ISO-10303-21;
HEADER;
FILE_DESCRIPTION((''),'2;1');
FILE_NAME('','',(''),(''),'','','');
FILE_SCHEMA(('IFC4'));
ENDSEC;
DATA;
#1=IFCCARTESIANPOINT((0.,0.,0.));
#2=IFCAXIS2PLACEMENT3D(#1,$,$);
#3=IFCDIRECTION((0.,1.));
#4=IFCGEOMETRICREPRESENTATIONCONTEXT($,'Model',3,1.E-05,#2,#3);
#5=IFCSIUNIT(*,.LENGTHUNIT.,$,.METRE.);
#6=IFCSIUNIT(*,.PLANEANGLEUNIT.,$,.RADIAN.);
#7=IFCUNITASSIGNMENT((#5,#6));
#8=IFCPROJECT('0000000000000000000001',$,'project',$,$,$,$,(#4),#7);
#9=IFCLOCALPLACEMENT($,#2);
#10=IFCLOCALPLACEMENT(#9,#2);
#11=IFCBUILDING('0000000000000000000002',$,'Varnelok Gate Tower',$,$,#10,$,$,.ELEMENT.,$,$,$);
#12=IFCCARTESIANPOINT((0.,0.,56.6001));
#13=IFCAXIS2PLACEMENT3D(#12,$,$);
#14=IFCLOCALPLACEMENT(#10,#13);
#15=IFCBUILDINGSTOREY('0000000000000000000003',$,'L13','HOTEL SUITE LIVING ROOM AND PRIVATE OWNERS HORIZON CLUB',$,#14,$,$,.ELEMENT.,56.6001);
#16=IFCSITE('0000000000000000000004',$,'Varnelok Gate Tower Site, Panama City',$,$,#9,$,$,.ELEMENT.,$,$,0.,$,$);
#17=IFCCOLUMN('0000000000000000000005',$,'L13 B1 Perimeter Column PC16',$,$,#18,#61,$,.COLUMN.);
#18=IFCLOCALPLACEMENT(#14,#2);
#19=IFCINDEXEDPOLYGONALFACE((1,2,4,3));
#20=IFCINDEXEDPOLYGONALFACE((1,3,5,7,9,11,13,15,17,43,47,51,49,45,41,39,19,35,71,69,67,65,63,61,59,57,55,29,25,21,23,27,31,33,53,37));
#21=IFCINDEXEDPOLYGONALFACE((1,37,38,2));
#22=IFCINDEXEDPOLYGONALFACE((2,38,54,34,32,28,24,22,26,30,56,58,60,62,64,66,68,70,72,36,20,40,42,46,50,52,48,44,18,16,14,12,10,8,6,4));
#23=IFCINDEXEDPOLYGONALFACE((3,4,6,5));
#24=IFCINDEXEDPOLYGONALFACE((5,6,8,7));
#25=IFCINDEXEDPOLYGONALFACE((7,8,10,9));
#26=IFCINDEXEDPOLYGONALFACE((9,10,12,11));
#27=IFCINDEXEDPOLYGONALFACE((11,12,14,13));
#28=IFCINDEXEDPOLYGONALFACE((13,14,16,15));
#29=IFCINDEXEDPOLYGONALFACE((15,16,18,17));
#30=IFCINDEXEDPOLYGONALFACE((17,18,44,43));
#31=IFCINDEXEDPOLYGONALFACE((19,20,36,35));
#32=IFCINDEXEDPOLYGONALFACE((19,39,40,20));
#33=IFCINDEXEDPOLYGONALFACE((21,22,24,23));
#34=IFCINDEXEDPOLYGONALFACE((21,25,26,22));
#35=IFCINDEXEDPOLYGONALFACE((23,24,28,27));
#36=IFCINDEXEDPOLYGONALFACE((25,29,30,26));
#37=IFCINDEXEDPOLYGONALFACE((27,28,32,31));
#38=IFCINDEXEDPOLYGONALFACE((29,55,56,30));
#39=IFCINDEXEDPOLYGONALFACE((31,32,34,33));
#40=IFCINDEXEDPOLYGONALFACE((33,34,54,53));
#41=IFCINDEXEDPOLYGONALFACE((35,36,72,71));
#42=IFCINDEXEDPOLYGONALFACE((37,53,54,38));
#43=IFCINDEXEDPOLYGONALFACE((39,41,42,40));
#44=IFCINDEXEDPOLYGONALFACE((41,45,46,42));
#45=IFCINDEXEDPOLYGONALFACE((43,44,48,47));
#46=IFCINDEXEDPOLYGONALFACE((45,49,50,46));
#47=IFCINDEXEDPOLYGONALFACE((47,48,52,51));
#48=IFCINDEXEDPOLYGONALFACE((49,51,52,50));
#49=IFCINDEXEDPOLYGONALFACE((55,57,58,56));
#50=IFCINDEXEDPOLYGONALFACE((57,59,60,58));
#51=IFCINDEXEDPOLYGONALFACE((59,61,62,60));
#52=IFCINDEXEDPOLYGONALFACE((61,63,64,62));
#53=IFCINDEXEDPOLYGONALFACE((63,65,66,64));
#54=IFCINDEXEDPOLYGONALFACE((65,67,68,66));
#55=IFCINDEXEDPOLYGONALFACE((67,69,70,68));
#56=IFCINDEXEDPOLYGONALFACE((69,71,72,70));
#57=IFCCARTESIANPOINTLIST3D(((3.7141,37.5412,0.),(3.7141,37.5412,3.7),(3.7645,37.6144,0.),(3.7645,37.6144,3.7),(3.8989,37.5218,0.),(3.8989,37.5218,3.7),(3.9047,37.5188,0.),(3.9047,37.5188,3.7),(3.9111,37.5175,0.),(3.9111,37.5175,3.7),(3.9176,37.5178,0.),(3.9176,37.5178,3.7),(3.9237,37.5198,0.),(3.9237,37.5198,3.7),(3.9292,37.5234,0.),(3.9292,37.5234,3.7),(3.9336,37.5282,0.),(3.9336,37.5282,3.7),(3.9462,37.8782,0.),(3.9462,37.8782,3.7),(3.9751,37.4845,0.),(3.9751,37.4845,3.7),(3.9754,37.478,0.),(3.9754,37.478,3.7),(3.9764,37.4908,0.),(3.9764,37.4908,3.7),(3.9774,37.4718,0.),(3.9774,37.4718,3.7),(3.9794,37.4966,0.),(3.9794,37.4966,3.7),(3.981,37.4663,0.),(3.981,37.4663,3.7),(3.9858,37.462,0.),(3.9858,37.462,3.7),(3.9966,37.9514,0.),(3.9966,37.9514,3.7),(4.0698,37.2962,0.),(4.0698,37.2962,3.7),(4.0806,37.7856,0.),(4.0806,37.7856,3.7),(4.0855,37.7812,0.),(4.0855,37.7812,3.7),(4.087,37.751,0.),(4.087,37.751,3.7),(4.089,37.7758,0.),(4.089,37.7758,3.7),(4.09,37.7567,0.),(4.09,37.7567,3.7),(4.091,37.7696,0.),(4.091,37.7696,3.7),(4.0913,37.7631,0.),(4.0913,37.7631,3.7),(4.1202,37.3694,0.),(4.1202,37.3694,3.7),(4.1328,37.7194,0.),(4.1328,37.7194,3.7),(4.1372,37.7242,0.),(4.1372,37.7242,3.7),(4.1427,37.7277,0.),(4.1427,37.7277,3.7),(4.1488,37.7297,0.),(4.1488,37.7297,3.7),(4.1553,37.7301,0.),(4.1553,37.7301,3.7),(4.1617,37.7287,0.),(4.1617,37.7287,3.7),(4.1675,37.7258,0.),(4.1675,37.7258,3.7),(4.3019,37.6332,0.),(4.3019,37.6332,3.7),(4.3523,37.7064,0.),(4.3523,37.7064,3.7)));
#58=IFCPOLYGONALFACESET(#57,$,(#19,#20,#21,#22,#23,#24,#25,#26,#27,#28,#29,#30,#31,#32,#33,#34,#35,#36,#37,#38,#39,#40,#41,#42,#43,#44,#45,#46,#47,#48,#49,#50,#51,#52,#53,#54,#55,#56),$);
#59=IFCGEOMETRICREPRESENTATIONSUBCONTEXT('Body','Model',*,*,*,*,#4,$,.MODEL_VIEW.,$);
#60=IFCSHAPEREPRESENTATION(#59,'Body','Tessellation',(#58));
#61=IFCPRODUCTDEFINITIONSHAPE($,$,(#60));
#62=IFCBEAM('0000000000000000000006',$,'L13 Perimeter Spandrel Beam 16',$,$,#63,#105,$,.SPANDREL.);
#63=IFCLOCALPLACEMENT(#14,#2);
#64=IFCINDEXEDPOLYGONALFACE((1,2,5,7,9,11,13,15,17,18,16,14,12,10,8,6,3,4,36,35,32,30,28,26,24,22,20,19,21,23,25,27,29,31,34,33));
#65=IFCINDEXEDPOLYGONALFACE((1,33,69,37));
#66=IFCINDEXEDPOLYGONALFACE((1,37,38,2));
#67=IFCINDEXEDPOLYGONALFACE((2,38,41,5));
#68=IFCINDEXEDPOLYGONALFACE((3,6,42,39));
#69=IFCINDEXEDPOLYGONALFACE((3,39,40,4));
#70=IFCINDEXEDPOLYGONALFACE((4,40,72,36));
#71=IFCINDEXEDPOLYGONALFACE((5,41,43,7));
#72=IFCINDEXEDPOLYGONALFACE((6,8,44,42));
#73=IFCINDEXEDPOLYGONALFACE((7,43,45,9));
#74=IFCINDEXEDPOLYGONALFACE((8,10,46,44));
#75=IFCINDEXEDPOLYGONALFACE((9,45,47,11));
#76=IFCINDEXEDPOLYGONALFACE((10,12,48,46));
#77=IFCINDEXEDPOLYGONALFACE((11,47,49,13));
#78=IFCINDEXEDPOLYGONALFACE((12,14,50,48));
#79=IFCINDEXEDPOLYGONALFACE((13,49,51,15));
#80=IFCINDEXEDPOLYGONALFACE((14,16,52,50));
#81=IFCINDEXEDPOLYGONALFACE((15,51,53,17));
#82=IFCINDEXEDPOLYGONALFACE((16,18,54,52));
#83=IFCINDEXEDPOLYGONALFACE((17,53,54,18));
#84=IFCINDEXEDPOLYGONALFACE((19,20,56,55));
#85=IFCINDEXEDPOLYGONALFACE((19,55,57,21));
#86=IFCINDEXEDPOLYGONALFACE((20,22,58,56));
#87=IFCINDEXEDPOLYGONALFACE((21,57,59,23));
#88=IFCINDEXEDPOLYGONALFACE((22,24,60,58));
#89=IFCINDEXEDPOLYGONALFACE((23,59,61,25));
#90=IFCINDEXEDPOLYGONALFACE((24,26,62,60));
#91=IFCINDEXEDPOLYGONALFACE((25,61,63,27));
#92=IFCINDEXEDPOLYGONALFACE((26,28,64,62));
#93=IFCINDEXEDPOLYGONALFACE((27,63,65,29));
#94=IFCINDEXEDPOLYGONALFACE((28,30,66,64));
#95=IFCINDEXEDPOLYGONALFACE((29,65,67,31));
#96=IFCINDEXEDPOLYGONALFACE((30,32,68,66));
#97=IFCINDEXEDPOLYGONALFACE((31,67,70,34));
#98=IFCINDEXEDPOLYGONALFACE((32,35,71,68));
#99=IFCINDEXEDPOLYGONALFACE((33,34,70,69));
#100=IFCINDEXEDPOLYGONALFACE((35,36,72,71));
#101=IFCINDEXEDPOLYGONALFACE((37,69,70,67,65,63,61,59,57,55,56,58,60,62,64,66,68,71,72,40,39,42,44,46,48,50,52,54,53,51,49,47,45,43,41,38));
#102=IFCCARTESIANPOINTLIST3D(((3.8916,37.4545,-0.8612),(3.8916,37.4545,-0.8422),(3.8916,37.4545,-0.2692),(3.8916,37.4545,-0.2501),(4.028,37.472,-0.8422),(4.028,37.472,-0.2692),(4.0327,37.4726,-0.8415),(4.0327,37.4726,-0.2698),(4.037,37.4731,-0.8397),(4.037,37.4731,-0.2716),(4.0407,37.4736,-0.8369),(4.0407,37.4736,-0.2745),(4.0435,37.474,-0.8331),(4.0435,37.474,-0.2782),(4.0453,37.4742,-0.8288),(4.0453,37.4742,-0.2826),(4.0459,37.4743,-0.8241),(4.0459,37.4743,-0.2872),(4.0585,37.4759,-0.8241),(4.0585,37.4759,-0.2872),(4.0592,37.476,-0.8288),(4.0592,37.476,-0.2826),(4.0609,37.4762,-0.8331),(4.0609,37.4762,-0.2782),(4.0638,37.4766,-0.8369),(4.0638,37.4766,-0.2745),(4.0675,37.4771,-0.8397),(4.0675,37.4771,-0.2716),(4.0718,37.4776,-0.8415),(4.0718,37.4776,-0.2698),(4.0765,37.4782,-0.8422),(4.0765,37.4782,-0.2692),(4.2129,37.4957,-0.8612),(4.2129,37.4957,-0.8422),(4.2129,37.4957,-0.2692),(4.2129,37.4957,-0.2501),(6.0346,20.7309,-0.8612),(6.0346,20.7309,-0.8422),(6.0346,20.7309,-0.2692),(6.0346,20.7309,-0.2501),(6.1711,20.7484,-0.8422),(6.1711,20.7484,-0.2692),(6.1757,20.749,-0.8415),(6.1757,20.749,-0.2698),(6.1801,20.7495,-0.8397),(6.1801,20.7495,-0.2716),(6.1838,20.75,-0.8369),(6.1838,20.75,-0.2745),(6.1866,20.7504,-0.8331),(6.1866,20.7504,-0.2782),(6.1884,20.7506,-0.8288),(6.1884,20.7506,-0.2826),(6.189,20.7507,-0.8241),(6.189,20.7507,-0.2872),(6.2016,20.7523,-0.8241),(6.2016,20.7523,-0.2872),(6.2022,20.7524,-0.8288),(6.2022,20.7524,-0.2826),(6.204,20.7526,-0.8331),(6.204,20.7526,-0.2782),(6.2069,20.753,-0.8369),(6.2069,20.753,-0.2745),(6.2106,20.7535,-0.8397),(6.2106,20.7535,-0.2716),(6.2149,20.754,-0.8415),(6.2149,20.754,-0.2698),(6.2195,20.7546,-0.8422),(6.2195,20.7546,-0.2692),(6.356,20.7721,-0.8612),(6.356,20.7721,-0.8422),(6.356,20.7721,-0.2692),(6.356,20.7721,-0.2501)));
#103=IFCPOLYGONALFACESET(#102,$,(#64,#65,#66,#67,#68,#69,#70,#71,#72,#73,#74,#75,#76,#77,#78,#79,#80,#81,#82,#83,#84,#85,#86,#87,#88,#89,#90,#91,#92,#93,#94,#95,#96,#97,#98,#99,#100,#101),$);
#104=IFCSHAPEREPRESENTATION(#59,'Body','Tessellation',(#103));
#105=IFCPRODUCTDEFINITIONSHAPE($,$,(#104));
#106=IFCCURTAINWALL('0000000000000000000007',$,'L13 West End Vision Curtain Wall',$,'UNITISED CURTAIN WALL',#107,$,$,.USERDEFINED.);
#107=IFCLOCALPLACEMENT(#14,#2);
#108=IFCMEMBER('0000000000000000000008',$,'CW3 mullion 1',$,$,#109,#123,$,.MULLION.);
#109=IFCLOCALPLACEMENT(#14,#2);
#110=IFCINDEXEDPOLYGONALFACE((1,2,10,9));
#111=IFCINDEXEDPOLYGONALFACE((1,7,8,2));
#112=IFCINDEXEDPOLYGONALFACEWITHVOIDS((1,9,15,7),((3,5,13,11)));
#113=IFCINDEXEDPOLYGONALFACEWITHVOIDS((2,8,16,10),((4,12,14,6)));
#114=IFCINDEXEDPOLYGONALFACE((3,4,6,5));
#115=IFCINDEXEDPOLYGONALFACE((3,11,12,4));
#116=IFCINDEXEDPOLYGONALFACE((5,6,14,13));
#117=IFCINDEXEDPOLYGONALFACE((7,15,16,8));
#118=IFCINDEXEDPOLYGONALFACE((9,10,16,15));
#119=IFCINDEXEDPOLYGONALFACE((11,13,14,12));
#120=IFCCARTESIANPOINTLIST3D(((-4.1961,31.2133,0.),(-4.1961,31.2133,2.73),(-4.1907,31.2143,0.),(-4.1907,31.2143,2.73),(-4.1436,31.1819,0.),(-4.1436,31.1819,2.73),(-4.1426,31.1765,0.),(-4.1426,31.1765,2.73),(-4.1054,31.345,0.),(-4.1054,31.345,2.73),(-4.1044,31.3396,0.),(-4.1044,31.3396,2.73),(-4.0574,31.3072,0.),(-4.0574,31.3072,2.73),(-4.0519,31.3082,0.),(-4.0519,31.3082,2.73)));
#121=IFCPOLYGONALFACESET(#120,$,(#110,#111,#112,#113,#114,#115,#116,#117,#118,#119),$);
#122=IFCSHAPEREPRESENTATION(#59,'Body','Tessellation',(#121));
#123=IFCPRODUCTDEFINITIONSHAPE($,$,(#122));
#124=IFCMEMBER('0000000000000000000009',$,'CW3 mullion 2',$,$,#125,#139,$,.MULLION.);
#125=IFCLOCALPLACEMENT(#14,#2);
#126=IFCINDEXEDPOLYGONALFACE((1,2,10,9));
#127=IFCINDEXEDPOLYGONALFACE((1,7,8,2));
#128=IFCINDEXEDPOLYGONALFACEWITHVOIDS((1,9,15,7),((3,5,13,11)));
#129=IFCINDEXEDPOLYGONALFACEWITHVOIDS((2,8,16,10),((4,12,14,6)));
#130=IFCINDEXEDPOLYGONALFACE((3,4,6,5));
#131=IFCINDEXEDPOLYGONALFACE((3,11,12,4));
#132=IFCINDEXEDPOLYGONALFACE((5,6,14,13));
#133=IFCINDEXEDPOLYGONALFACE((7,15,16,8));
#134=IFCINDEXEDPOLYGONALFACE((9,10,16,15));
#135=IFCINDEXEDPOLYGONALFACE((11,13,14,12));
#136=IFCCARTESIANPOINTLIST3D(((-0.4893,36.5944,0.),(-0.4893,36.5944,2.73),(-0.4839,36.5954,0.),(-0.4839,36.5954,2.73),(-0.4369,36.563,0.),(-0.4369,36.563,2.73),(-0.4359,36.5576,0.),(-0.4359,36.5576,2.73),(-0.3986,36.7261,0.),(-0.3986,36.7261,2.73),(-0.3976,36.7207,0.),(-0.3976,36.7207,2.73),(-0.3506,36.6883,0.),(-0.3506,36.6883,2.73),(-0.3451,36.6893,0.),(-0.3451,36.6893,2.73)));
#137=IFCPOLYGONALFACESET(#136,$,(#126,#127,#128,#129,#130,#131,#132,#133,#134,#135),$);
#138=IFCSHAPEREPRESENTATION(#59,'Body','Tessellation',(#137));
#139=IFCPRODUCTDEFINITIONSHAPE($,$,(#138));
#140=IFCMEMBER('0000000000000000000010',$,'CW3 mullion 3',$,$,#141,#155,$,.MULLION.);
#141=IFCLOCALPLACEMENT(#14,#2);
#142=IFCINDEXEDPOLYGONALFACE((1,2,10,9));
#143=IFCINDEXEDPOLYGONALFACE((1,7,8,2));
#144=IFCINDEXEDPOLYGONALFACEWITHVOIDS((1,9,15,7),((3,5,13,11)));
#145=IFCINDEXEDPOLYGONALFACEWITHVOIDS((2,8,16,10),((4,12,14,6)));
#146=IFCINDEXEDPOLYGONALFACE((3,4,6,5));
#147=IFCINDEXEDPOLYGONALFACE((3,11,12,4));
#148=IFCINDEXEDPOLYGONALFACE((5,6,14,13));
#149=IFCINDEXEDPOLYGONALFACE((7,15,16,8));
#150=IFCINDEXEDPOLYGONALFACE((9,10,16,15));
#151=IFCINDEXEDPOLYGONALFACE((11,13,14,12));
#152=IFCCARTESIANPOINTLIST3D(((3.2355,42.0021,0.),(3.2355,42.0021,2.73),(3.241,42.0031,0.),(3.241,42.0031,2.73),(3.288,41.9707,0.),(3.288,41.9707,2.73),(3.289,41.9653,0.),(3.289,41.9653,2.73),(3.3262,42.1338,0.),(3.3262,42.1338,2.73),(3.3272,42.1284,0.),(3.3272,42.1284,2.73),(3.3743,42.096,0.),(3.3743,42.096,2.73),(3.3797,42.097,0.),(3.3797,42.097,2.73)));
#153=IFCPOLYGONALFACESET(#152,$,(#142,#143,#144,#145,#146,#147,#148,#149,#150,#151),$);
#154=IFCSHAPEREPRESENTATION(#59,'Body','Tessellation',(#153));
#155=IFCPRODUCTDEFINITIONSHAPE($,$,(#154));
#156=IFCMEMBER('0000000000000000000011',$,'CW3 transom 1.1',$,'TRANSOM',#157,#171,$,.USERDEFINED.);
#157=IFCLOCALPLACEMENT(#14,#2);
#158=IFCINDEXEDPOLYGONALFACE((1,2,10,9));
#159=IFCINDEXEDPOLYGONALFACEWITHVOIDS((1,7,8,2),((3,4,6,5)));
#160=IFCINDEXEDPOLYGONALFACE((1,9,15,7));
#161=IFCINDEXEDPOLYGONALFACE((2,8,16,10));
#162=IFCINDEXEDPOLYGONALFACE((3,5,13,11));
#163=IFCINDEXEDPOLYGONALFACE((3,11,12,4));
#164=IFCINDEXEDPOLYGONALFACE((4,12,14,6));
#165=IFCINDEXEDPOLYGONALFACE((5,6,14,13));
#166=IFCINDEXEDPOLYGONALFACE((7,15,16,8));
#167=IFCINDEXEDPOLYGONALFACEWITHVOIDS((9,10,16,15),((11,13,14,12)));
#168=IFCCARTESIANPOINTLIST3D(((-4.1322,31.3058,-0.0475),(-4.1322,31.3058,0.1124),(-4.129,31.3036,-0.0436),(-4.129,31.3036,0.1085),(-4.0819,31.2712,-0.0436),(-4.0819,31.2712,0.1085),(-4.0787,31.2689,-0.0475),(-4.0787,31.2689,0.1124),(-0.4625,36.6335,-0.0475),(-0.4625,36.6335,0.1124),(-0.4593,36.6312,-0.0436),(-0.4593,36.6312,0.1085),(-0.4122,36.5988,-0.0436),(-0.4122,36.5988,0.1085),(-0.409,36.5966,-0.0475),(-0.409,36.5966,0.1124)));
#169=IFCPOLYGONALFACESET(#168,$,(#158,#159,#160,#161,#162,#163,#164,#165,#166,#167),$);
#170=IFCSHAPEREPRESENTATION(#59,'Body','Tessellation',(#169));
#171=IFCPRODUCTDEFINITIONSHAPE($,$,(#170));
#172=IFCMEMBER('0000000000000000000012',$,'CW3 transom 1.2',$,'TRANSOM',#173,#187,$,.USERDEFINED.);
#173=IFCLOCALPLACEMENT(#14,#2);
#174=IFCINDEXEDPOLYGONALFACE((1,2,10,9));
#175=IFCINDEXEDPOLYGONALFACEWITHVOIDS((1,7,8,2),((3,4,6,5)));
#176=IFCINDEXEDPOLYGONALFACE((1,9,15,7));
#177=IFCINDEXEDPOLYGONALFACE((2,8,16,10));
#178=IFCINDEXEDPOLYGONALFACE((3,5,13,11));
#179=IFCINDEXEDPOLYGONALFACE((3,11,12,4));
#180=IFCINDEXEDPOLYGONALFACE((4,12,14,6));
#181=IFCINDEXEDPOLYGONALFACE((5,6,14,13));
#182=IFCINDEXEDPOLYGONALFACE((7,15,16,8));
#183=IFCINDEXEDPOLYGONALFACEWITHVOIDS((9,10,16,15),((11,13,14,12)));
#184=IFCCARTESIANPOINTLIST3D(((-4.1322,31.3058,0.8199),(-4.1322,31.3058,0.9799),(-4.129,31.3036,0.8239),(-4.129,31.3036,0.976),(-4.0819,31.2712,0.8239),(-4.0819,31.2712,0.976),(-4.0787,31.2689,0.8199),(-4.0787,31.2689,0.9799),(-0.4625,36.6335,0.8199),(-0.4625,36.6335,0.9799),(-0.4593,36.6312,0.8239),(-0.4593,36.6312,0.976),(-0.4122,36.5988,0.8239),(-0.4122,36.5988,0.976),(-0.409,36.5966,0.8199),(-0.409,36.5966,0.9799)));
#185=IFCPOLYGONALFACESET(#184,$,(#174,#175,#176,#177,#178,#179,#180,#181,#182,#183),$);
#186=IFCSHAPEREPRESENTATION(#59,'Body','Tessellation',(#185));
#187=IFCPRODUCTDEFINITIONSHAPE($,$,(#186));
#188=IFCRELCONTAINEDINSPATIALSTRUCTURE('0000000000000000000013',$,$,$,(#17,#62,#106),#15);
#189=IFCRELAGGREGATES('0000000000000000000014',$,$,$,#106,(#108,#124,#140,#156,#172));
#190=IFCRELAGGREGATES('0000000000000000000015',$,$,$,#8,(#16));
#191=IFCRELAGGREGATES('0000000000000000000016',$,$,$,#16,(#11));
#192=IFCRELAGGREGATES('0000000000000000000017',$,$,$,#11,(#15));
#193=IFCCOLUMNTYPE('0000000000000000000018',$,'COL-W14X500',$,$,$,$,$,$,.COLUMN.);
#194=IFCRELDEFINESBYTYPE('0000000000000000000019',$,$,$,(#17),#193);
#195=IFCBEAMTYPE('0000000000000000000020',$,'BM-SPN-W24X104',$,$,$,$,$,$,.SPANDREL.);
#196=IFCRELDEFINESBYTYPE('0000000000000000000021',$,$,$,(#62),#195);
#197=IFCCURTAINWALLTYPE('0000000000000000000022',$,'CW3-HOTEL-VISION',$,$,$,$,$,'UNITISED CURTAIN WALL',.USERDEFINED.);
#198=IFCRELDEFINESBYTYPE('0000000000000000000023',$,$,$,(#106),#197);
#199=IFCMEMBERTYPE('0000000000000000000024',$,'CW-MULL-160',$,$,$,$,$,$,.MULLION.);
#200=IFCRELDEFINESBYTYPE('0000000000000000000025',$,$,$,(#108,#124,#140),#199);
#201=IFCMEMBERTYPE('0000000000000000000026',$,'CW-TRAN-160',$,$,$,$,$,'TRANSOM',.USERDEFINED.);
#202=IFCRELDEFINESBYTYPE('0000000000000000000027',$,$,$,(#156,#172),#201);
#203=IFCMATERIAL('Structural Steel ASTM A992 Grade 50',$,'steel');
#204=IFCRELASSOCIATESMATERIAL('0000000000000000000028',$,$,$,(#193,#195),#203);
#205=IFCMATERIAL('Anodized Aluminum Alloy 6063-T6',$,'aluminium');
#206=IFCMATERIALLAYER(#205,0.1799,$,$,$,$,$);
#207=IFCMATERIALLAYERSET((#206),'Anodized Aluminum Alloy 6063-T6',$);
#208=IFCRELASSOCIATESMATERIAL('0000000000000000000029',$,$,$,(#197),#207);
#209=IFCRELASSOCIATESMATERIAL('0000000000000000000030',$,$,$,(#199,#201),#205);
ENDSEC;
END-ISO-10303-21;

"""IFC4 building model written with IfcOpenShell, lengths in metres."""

from ifc_helpers import new_model, si_unit, direction, frame, origin, origin_2d, place, context, subcontext, project, spatial, hollow_rectangle, i_section, extrude, material, layer, layer_set, material_profile, profile_set, type_object, element, aggregate, save


model = new_model("IFC4")

# Units and contexts
model_context = context("Model", 3, precision=1e-05, world=origin(), true_north=direction((0.0, 1.0)))
body_context = subcontext(model_context, "Body", "Model", "MODEL_VIEW")
ifc_project = project(units=[si_unit("LENGTHUNIT", "METRE"), si_unit("PLANEANGLEUNIT", "RADIAN")], contexts=[model_context])

# Site, building, storey
site_placement = place(None, origin())
site = spatial("IfcSite", under=ifc_project, at=site_placement, Name="Varnelok Gate Tower Site, Panama City", CompositionType="ELEMENT", RefElevation=0.0)
building_placement = place(site_placement, origin())
building = spatial("IfcBuilding", under=site, at=building_placement, Name="Varnelok Gate Tower", CompositionType="ELEMENT")
storey_placement = place(building_placement, frame((0.0, 0.0, 56.6001)))
storey = spatial("IfcBuildingStorey", under=building, at=storey_placement, Name="L13", Description="HOTEL SUITE LIVING ROOM AND PRIVATE OWNERS HORIZON CLUB", CompositionType="ELEMENT", Elevation=56.6001)

# Column
ifc_material_1 = material(Name="Structural Steel ASTM A992 Grade 50", Category="steel")
ifc_material_profile_1 = material_profile(ifc_material_1, i_section(OverallWidth=0.4319, OverallDepth=0.498, WebThickness=0.0557, FlangeThickness=0.0889, FilletRadius=0.0249, at=origin_2d()), Name="W14X500")
ifc_profile_set_1 = profile_set([ifc_material_profile_1], Name="Structural Steel ASTM A992 Grade 50")
column_type = type_object("IfcColumnType", Name="COL-W14X500", PredefinedType="COLUMN", material=ifc_profile_set_1)
column_placement = place(storey_placement, frame((4.0332, 37.6238, 0.0), z_axis=(0.0, 0.0, 1.0), x_axis=(0.823533, -0.567269, 0.0)))
element("IfcColumn", 1, at=column_placement, inside=storey, type_object=column_type, Name="L13 B1 Perimeter Column PC16", PredefinedType="COLUMN", context=body_context, shape_type="SweptSolid", body=[
    extrude(i_section(OverallWidth=0.4319, OverallDepth=0.498, WebThickness=0.0557, FlangeThickness=0.0889, FilletRadius=0.0249, at=origin_2d()), origin(), (0.0, 0.0, 1.0), 3.7),
])

# Beam
ifc_material_profile_2 = material_profile(ifc_material_1, i_section(OverallWidth=0.324, OverallDepth=0.6111, WebThickness=0.0127, FlangeThickness=0.019, FilletRadius=0.0181, at=origin_2d()), Name="W24X104")
ifc_profile_set_2 = profile_set([ifc_material_profile_2], Name="Structural Steel ASTM A992 Grade 50")
beam_type = type_object("IfcBeamType", Name="BM-SPN-W24X104", PredefinedType="SPANDREL", material=ifc_profile_set_2)
beam_placement = place(storey_placement, frame((4.0522, 37.4751, -0.5557), z_axis=(0.127107, -0.991889, 0.0), x_axis=(0.991889, 0.127107, 0.0)))
element("IfcBeam", 2, at=beam_placement, inside=storey, type_object=beam_type, Name="L13 Perimeter Spandrel Beam 16", PredefinedType="SPANDREL", context=body_context, shape_type="SweptSolid", body=[
    extrude(i_section(OverallWidth=0.324, OverallDepth=0.6111, WebThickness=0.0127, FlangeThickness=0.019, FilletRadius=0.0181, at=origin_2d()), origin(), (0.0, 0.0, 1.0), 16.8604),
])

# Curtain wall, members
ifc_material_2 = material(Name="Anodized Aluminum Alloy 6063-T6", Category="aluminium")
ifc_layer_1 = layer(ifc_material_2, 0.1799)
ifc_layer_set_1 = layer_set([ifc_layer_1], Name="Anodized Aluminum Alloy 6063-T6")
curtain_wall_type = type_object("IfcCurtainWallType", Name="CW3-HOTEL-VISION", ElementType="UNITISED CURTAIN WALL", PredefinedType="USERDEFINED", material=ifc_layer_set_1)
curtain_wall_placement = place(storey_placement, origin())
curtain_wall = element("IfcCurtainWall", 3, at=curtain_wall_placement, inside=storey, type_object=curtain_wall_type, Name="L13 West End Vision Curtain Wall", ObjectType="UNITISED CURTAIN WALL", PredefinedType="USERDEFINED")
ifc_material_profile_3 = material_profile(ifc_material_2, hollow_rectangle(XDim=0.0649, YDim=0.1599, WallThickness=0.0039, at=origin_2d()), Name="ALU160X65X4")
ifc_profile_set_3 = profile_set([ifc_material_profile_3], Name="Anodized Aluminum Alloy 6063-T6")
member_type_1 = type_object("IfcMemberType", Name="CW-MULL-160", PredefinedType="MULLION", material=ifc_profile_set_3)
member_1_placement = place(storey_placement, frame((-4.124, 31.2607, 0.0), z_axis=(0.0, 0.0, 1.0), x_axis=(-0.823533, 0.567269, 0.0)))
member_1 = element("IfcMember", 4, at=member_1_placement, type_object=member_type_1, Name="CW3 mullion 1", PredefinedType="MULLION", context=body_context, shape_type="SweptSolid", body=[
    extrude(hollow_rectangle(XDim=0.0649, YDim=0.1599, WallThickness=0.0039, at=origin_2d()), origin(), (0.0, 0.0, 1.0), 2.73),
])
member_2_placement = place(storey_placement, frame((-0.4172, 36.6418, 0.0), z_axis=(0.0, 0.0, 1.0), x_axis=(-0.823533, 0.567269, 0.0)))
member_2 = element("IfcMember", 5, at=member_2_placement, type_object=member_type_1, Name="CW3 mullion 2", PredefinedType="MULLION", context=body_context, shape_type="SweptSolid", body=[
    extrude(hollow_rectangle(XDim=0.0649, YDim=0.1599, WallThickness=0.0039, at=origin_2d()), origin(), (0.0, 0.0, 1.0), 2.73),
])
member_3_placement = place(storey_placement, frame((3.3076, 42.0496, 0.0), z_axis=(0.0, 0.0, 1.0), x_axis=(-0.823533, 0.567269, 0.0)))
member_3 = element("IfcMember", 6, at=member_3_placement, type_object=member_type_1, Name="CW3 mullion 3", PredefinedType="MULLION", context=body_context, shape_type="SweptSolid", body=[
    extrude(hollow_rectangle(XDim=0.0649, YDim=0.1599, WallThickness=0.0039, at=origin_2d()), origin(), (0.0, 0.0, 1.0), 2.73),
])
ifc_material_profile_4 = material_profile(ifc_material_2, hollow_rectangle(XDim=0.0649, YDim=0.1599, WallThickness=0.0039, at=origin_2d()), Name="ALU160X65X4")
ifc_profile_set_4 = profile_set([ifc_material_profile_4], Name="Anodized Aluminum Alloy 6063-T6")
member_type_2 = type_object("IfcMemberType", Name="CW-TRAN-160", ElementType="TRANSOM", PredefinedType="USERDEFINED", material=ifc_profile_set_4)
member_4_placement = place(storey_placement, frame((-4.1055, 31.2874, 0.0325), z_axis=(0.567256, 0.823542, 0.0), x_axis=(-0.823542, 0.567256, 0.0)))
member_4 = element("IfcMember", 7, at=member_4_placement, type_object=member_type_2, Name="CW3 transom 1.1", ObjectType="TRANSOM", PredefinedType="USERDEFINED", context=body_context, shape_type="SweptSolid", body=[
    extrude(hollow_rectangle(XDim=0.0649, YDim=0.1599, WallThickness=0.0039, at=origin_2d()), origin(), (0.0, 0.0, 1.0), 6.4692),
])
member_5_placement = place(storey_placement, frame((-4.1055, 31.2874, 0.8999), z_axis=(0.567256, 0.823542, 0.0), x_axis=(-0.823542, 0.567256, 0.0)))
member_5 = element("IfcMember", 8, at=member_5_placement, type_object=member_type_2, Name="CW3 transom 1.2", ObjectType="TRANSOM", PredefinedType="USERDEFINED", context=body_context, shape_type="SweptSolid", body=[
    extrude(hollow_rectangle(XDim=0.0649, YDim=0.1599, WallThickness=0.0039, at=origin_2d()), origin(), (0.0, 0.0, 1.0), 6.4692),
])
aggregate(curtain_wall, [member_1, member_2, member_3, member_4, member_5])

save(model, "model.ifc")
